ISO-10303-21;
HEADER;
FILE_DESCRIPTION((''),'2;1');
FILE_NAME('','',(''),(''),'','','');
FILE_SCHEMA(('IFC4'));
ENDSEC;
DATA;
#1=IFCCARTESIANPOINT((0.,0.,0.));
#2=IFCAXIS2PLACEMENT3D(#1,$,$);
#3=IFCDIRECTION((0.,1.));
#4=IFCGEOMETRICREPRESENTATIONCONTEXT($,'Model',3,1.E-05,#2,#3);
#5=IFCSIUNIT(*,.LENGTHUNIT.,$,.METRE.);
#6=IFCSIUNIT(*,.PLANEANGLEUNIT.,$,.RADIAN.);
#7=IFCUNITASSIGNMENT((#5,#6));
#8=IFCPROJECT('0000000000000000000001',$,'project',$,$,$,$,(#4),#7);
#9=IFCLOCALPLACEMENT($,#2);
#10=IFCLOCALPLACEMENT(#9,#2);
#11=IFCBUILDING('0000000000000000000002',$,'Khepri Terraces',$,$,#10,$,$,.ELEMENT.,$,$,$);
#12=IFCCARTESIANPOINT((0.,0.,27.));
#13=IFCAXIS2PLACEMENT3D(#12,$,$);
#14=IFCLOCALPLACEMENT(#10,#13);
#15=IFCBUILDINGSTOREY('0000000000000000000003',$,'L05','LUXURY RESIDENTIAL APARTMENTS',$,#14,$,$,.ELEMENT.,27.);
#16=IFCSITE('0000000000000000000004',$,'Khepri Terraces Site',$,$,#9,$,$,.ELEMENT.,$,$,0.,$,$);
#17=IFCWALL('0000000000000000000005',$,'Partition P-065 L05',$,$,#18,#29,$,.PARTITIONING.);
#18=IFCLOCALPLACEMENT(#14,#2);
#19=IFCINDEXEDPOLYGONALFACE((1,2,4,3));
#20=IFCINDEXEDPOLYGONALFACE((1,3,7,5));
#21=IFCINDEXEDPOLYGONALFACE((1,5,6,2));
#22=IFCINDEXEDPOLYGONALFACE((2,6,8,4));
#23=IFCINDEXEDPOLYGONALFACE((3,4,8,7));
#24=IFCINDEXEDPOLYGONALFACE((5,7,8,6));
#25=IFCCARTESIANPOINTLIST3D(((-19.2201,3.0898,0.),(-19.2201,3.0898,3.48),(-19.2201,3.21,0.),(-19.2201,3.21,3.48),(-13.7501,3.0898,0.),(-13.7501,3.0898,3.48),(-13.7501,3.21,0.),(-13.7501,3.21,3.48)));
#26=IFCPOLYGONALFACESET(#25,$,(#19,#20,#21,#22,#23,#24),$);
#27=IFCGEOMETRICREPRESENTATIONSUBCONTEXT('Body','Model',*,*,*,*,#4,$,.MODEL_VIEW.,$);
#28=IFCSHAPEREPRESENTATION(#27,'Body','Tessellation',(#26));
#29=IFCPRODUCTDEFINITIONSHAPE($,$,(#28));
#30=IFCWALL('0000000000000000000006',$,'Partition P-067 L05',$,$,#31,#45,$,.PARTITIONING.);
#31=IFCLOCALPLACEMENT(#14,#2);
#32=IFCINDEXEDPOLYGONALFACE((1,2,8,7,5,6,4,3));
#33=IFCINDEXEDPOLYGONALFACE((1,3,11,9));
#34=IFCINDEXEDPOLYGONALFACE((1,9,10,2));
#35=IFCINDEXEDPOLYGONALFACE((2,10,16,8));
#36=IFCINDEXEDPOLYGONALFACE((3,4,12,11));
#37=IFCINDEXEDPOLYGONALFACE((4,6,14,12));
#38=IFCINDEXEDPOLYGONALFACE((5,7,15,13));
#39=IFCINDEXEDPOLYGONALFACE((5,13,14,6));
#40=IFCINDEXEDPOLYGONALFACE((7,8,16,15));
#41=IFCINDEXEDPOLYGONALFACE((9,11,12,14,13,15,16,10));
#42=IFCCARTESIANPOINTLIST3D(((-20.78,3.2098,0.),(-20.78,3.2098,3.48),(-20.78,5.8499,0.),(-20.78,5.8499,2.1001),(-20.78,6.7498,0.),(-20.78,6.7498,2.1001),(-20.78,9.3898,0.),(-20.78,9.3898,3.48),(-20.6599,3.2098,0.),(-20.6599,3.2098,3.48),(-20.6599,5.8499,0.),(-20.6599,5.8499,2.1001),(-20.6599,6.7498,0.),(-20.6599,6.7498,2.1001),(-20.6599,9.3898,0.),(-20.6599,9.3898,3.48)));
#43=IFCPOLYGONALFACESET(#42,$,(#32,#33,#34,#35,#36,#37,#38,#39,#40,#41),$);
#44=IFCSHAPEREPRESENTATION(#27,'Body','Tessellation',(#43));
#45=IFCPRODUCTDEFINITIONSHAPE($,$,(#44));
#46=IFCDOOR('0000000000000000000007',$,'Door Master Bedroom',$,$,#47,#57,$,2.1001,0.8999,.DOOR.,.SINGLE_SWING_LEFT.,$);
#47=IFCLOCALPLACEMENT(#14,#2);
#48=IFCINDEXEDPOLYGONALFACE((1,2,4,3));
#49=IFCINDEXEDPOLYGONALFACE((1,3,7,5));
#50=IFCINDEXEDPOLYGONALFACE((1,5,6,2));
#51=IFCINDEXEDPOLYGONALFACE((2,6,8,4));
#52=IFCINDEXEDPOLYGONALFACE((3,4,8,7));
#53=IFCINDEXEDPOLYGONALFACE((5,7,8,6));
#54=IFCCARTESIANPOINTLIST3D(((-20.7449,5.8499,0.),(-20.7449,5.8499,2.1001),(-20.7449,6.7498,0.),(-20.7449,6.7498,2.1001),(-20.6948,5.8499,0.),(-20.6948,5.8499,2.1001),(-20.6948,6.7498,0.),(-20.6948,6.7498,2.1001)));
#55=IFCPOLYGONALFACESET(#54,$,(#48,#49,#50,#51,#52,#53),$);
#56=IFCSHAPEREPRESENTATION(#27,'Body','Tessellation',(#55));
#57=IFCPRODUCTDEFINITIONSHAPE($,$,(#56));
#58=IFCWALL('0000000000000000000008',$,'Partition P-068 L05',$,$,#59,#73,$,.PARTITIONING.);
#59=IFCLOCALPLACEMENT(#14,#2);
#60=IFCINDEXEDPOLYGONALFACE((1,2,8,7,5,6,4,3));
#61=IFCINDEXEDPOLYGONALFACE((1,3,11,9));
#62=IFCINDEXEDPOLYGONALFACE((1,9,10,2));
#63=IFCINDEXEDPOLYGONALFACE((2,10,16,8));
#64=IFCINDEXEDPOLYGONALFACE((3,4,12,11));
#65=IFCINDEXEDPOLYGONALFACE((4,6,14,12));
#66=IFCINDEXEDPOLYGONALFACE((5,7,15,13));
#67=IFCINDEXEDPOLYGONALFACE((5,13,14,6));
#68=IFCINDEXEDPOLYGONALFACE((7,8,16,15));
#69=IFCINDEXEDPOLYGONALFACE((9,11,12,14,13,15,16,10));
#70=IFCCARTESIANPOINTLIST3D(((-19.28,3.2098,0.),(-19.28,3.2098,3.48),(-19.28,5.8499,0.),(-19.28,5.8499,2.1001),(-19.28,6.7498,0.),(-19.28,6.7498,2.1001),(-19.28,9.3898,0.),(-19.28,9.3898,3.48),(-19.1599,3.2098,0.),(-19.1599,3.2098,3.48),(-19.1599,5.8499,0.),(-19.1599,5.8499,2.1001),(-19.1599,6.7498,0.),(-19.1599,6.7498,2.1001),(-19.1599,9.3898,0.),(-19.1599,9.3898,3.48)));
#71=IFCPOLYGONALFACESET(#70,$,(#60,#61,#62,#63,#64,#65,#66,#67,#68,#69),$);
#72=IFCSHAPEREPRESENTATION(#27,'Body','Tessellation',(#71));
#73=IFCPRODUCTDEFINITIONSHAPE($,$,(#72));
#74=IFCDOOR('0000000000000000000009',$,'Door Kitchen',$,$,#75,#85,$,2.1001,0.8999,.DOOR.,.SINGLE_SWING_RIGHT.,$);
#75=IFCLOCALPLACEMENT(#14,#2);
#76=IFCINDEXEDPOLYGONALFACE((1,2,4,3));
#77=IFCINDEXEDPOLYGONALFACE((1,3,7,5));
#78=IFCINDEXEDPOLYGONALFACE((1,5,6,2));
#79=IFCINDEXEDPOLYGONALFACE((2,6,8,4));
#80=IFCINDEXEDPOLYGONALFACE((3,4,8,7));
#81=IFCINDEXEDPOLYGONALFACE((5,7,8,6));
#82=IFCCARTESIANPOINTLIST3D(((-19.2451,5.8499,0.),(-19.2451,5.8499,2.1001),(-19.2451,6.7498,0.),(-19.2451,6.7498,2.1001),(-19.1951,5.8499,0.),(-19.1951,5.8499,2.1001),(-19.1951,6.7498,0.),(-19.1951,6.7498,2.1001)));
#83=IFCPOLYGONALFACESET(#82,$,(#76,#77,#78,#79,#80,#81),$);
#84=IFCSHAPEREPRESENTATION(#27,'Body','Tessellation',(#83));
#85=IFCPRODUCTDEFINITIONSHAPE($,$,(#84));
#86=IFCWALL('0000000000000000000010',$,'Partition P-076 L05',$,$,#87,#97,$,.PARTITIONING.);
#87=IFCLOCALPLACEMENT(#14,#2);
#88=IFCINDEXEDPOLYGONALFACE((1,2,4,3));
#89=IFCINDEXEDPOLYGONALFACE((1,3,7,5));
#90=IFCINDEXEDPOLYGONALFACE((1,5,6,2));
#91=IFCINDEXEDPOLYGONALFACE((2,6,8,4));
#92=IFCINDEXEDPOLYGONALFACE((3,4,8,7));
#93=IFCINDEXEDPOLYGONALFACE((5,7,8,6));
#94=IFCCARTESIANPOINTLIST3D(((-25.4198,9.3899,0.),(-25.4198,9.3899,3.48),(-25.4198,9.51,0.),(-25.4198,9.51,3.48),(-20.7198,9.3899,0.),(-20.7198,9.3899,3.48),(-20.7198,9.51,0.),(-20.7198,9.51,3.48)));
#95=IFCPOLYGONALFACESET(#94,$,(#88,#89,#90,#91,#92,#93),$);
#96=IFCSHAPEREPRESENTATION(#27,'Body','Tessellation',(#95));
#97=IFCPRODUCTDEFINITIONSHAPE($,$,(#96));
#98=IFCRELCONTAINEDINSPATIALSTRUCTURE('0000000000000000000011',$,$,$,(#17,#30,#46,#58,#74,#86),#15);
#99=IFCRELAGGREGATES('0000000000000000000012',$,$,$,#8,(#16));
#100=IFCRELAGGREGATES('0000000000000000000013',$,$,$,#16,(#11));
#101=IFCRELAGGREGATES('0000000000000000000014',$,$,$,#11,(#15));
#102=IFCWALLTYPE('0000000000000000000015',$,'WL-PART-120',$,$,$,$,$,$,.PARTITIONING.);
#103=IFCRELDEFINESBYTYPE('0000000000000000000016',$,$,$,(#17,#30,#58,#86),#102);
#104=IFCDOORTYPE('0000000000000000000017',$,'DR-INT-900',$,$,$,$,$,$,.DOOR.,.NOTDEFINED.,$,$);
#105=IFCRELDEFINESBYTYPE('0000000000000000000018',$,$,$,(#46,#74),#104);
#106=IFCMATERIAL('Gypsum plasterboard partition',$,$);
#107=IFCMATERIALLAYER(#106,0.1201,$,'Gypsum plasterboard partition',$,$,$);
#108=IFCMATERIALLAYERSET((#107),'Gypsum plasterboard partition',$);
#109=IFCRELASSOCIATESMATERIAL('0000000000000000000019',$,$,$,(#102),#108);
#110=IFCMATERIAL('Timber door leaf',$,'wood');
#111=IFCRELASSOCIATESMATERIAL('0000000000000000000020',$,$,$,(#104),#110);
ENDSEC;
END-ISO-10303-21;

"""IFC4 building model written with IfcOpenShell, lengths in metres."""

from ifc_helpers import new_model, si_unit, direction, frame, frame_2d, origin, place, context, subcontext, project, spatial, rectangle, extrude, material, layer, layer_set, type_object, element, fill, save


model = new_model("IFC4")

# Units and contexts
model_context = context("Model", 3, precision=1e-05, world=origin(), true_north=direction((0.0, 1.0)))
body_context = subcontext(model_context, "Body", "Model", "MODEL_VIEW")
ifc_project = project(units=[si_unit("LENGTHUNIT", "METRE"), si_unit("PLANEANGLEUNIT", "RADIAN")], contexts=[model_context])

# Site, building, storey
site_placement = place(None, origin())
site = spatial("IfcSite", under=ifc_project, at=site_placement, Name="Khepri Terraces Site", CompositionType="ELEMENT", RefElevation=0.0)
building_placement = place(site_placement, origin())
building = spatial("IfcBuilding", under=site, at=building_placement, Name="Khepri Terraces", CompositionType="ELEMENT")
storey_placement = place(building_placement, frame((0.0, 0.0, 27.0)))
storey = spatial("IfcBuildingStorey", under=building, at=storey_placement, Name="L05", Description="LUXURY RESIDENTIAL APARTMENTS", CompositionType="ELEMENT", Elevation=27.0)

# Shared definitions
ifc_material_1 = material(Name="Gypsum plasterboard partition")
ifc_layer_1 = layer(ifc_material_1, 0.1201, Name="Gypsum plasterboard partition")
ifc_layer_set_1 = layer_set([ifc_layer_1], Name="Gypsum plasterboard partition")
wall_type_1 = type_object("IfcWallType", Name="WL-PART-120", PredefinedType="PARTITIONING", material=ifc_layer_set_1)

# Shared definitions
ifc_material_2 = material(Name="Timber door leaf", Category="wood")
door_type_1 = type_object("IfcDoorType", Name="DR-INT-900", OperationType="NOTDEFINED", PredefinedType="DOOR", material=ifc_material_2)

# Wall
wall_1_placement = place(storey_placement, frame((-19.22, 3.1499, 0.0), z_axis=(0.0, 0.0, 1.0), x_axis=(1.0, 0.0, 0.0)))
element("IfcWall", 1, at=wall_1_placement, inside=storey, type_object=wall_type_1, Name="Partition P-065 L05", PredefinedType="PARTITIONING", context=body_context, shape_type="SweptSolid", body=[
    extrude(rectangle(XDim=5.47, YDim=0.1201, at=frame_2d((2.7349, 0.0))), origin(), (0.0, 0.0, 1.0), 3.48),
])

# Walls, openings, doors
wall_2_placement = place(storey_placement, frame((-20.72, 3.21, 0.0), z_axis=(0.0, 0.0, 1.0), x_axis=(0.0, 1.0, 0.0)))
wall_2 = element("IfcWall", 2, at=wall_2_placement, inside=storey, type_object=wall_type_1, Name="Partition P-067 L05", PredefinedType="PARTITIONING", context=body_context, shape_type="SweptSolid", body=[
    extrude(rectangle(XDim=6.1799, YDim=0.1201, at=frame_2d((3.0898, 0.0))), origin(), (0.0, 0.0, 1.0), 3.48),
])
opening_1_placement = place(wall_2_placement, frame((2.6399, 0.0, 0.0)))
opening_1 = element("IfcOpeningElement", 3, at=opening_1_placement, cuts=wall_2, PredefinedType="OPENING", context=body_context, shape_type="SweptSolid", body=[
    extrude(rectangle(XDim=0.8999, YDim=2.1001, at=frame_2d((0.45, 1.05))), frame((0.0, 0.0701, 0.0), z_axis=(0.0, -1.0, 0.0), x_axis=(1.0, 0.0, 0.0)), (0.0, 0.0, 1.0), 0.1401),
])
door_1_placement = place(opening_1_placement, origin())
door_1 = element("IfcDoor", 4, at=door_1_placement, inside=storey, type_object=door_type_1, Name="Door Master Bedroom", OperationType="SINGLE_SWING_LEFT", OverallHeight=2.1001, OverallWidth=0.8999, PredefinedType="DOOR", context=body_context, shape_type="SweptSolid", body=[
    extrude(rectangle(XDim=0.8999, YDim=2.1001, at=frame_2d((0.45, 1.05))), frame((0.0, 0.0249, 0.0), z_axis=(0.0, -1.0, 0.0), x_axis=(1.0, 0.0, 0.0)), (0.0, 0.0, 1.0), 0.05),
])
fill(opening_1, door_1)
wall_3_placement = place(storey_placement, frame((-19.22, 3.21, 0.0), z_axis=(0.0, 0.0, 1.0), x_axis=(0.0, 1.0, 0.0)))
wall_3 = element("IfcWall", 5, at=wall_3_placement, inside=storey, type_object=wall_type_1, Name="Partition P-068 L05", PredefinedType="PARTITIONING", context=body_context, shape_type="SweptSolid", body=[
    extrude(rectangle(XDim=6.1799, YDim=0.1201, at=frame_2d((3.0898, 0.0))), origin(), (0.0, 0.0, 1.0), 3.48),
])
opening_2_placement = place(wall_3_placement, frame((2.6399, 0.0, 0.0)))
opening_2 = element("IfcOpeningElement", 6, at=opening_2_placement, cuts=wall_3, PredefinedType="OPENING", context=body_context, shape_type="SweptSolid", body=[
    extrude(rectangle(XDim=0.8999, YDim=2.1001, at=frame_2d((0.45, 1.05))), frame((0.0, 0.0701, 0.0), z_axis=(0.0, -1.0, 0.0), x_axis=(1.0, 0.0, 0.0)), (0.0, 0.0, 1.0), 0.1401),
])
door_2_placement = place(opening_2_placement, frame((0.8999, 0.0, 0.0), z_axis=(0.0, 0.0, 1.0), x_axis=(-1.0, 0.0, 0.0)))
door_2 = element("IfcDoor", 7, at=door_2_placement, inside=storey, type_object=door_type_1, Name="Door Kitchen", OperationType="SINGLE_SWING_RIGHT", OverallHeight=2.1001, OverallWidth=0.8999, PredefinedType="DOOR", context=body_context, shape_type="SweptSolid", body=[
    extrude(rectangle(XDim=0.8999, YDim=2.1001, at=frame_2d((0.45, 1.05))), frame((0.0, 0.0249, 0.0), z_axis=(0.0, -1.0, 0.0), x_axis=(1.0, 0.0, 0.0)), (0.0, 0.0, 1.0), 0.05),
])
fill(opening_2, door_2)

# Wall
wall_4_placement = place(storey_placement, frame((-25.4199, 9.45, 0.0), z_axis=(0.0, 0.0, 1.0), x_axis=(1.0, 0.0, 0.0)))
element("IfcWall", 8, at=wall_4_placement, inside=storey, type_object=wall_type_1, Name="Partition P-076 L05", PredefinedType="PARTITIONING", context=body_context, shape_type="SweptSolid", body=[
    extrude(rectangle(XDim=4.7, YDim=0.1201, at=frame_2d((2.3501, 0.0))), origin(), (0.0, 0.0, 1.0), 3.48),
])

save(model, "model.ifc")
